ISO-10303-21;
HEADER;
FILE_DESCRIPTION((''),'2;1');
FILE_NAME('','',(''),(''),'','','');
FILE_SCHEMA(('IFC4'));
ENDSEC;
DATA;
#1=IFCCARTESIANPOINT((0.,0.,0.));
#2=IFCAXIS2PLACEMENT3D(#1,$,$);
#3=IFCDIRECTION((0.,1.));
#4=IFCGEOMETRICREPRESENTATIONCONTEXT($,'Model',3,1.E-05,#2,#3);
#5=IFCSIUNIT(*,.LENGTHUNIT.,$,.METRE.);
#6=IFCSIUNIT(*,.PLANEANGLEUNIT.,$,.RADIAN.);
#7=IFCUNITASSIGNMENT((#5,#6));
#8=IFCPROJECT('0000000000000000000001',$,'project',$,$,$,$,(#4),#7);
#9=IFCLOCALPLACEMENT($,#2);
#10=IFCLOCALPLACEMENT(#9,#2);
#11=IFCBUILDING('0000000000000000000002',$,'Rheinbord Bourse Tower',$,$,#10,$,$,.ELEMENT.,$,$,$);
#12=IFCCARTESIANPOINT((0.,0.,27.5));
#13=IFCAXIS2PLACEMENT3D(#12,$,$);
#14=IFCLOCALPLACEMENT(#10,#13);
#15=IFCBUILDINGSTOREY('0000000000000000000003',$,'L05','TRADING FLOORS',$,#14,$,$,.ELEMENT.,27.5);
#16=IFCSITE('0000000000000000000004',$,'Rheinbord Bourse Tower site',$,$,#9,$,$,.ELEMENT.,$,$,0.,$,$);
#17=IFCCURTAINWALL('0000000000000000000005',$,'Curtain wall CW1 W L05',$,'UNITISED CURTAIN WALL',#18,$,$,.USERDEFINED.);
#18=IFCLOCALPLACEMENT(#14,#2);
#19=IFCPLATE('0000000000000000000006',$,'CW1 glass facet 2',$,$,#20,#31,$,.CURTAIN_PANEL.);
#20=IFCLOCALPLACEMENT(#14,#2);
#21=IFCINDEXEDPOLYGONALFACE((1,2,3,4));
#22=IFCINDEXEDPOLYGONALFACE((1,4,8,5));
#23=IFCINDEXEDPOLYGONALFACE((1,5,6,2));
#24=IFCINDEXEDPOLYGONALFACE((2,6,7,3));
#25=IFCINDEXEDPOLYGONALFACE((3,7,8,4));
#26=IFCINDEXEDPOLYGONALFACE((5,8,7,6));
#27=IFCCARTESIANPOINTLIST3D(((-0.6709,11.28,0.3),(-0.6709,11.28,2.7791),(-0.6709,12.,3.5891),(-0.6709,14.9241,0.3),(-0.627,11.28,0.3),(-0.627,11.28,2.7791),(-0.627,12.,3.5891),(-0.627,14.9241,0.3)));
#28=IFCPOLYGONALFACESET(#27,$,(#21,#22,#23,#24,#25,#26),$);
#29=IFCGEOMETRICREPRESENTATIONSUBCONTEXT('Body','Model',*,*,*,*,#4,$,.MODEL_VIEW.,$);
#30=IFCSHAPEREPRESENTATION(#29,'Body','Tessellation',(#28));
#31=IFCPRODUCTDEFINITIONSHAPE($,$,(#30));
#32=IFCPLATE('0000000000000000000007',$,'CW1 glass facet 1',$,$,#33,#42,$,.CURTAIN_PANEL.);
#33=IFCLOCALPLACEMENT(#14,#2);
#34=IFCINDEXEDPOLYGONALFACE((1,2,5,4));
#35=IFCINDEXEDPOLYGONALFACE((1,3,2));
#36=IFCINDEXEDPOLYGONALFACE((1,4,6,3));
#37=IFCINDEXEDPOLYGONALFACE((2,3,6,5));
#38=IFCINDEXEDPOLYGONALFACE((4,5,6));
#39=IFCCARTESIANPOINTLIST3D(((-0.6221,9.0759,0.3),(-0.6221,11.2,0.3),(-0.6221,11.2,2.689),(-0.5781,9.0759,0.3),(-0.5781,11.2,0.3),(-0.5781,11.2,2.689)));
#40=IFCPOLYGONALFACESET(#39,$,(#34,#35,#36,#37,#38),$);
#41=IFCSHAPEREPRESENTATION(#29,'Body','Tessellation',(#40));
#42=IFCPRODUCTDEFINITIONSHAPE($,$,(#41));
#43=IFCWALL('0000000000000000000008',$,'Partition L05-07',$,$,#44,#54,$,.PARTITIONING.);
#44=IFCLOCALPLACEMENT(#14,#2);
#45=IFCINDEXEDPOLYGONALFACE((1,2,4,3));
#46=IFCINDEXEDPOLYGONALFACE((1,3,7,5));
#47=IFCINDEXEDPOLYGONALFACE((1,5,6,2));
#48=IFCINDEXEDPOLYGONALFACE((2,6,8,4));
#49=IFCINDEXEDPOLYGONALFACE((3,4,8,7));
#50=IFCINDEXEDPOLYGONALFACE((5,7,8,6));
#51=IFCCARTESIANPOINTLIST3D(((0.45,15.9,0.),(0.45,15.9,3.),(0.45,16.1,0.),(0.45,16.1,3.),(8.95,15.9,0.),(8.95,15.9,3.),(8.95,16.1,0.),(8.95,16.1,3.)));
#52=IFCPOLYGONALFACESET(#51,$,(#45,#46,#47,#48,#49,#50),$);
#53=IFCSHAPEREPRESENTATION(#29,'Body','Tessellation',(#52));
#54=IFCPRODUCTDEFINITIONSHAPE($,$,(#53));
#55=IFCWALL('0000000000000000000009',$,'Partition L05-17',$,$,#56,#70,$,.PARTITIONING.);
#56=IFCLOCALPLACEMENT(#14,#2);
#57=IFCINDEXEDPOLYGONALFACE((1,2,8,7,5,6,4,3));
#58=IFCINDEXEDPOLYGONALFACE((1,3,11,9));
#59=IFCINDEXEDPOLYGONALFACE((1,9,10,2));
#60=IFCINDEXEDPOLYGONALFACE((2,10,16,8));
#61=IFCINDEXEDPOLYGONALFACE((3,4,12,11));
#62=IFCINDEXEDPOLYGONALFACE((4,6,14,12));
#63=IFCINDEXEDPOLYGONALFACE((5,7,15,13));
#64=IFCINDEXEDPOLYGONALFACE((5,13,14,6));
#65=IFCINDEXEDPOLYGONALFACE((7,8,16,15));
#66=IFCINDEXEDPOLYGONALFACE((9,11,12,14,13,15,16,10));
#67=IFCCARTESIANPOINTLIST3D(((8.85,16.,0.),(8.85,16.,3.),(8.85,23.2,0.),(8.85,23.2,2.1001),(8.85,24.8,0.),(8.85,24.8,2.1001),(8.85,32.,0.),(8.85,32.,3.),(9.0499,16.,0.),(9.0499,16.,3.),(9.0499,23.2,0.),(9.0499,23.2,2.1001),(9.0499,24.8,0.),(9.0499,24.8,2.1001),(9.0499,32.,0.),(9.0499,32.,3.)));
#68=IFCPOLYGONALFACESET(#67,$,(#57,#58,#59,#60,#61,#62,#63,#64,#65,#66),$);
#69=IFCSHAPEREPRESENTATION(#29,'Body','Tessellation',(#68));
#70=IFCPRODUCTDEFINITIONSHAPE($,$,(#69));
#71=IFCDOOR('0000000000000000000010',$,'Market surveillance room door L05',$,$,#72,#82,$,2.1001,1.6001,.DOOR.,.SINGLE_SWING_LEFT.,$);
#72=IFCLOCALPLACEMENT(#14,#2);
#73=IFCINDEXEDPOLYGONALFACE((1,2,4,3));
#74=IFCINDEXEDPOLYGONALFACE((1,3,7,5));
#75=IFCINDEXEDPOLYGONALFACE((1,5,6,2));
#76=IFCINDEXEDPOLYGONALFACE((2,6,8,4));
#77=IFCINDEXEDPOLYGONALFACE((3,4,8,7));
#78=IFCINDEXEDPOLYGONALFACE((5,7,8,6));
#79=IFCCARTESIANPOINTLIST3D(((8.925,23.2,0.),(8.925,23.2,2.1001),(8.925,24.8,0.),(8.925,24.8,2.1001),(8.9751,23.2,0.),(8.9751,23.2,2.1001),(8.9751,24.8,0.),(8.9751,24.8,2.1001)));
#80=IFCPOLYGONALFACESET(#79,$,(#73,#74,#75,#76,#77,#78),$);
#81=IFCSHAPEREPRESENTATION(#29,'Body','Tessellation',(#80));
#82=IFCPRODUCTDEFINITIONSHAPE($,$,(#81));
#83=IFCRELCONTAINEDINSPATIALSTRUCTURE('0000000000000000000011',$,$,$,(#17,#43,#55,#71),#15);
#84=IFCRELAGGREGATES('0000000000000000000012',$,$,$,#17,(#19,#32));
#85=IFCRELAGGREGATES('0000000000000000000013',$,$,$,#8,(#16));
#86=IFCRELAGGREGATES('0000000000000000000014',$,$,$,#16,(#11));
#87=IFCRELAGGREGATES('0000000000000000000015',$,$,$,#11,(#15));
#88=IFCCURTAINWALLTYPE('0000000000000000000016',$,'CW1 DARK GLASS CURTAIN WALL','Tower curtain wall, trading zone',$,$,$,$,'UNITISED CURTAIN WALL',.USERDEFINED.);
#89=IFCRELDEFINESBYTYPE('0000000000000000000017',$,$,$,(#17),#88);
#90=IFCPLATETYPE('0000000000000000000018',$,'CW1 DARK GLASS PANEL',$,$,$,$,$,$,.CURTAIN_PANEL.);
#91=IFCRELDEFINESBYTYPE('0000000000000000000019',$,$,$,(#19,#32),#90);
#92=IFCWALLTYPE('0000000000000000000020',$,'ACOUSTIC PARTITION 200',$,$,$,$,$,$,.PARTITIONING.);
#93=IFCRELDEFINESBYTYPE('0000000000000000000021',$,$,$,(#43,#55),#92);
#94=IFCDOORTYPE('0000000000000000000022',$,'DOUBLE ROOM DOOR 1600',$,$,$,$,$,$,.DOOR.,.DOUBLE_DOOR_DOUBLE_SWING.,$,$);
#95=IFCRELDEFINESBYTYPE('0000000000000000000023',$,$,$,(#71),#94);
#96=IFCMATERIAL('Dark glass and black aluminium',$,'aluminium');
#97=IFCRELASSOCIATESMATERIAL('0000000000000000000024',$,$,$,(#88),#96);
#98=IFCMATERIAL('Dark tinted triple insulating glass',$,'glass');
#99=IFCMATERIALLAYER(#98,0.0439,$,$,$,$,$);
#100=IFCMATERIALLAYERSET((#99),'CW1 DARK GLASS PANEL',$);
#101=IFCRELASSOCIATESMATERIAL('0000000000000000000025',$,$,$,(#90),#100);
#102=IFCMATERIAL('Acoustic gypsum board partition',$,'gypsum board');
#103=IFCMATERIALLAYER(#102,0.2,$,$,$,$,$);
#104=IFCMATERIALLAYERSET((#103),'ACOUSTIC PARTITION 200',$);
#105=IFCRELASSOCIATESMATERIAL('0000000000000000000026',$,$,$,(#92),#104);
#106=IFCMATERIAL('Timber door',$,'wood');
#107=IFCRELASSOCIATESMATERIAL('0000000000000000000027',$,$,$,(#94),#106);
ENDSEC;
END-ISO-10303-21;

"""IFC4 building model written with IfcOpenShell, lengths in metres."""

from ifc_helpers import new_model, si_unit, direction, frame, frame_2d, origin, place, context, subcontext, project, spatial, polyline, rectangle, outline, extrude, material, layer, layer_set, type_object, element, fill, aggregate, save


model = new_model("IFC4")

# Units and contexts
model_context = context("Model", 3, precision=1e-05, world=origin(), true_north=direction((0.0, 1.0)))
body_context = subcontext(model_context, "Body", "Model", "MODEL_VIEW")
ifc_project = project(units=[si_unit("LENGTHUNIT", "METRE"), si_unit("PLANEANGLEUNIT", "RADIAN")], contexts=[model_context])

# Site, building, storey
site_placement = place(None, origin())
site = spatial("IfcSite", under=ifc_project, at=site_placement, Name="Rheinbord Bourse Tower site", CompositionType="ELEMENT", RefElevation=0.0)
building_placement = place(site_placement, origin())
building = spatial("IfcBuilding", under=site, at=building_placement, Name="Rheinbord Bourse Tower", CompositionType="ELEMENT")
storey_placement = place(building_placement, frame((0.0, 0.0, 27.5)))
storey = spatial("IfcBuildingStorey", under=building, at=storey_placement, Name="L05", Description="TRADING FLOORS", CompositionType="ELEMENT", Elevation=27.5)

# Curtain wall
ifc_material_1 = material(Name="Dark glass and black aluminium", Category="aluminium")
curtain_wall_type = type_object("IfcCurtainWallType", Name="CW1 DARK GLASS CURTAIN WALL", Description="Tower curtain wall, trading zone", ElementType="UNITISED CURTAIN WALL", PredefinedType="USERDEFINED", material=ifc_material_1)
curtain_wall_placement = place(storey_placement, origin())
curtain_wall = element("IfcCurtainWall", 1, at=curtain_wall_placement, inside=storey, type_object=curtain_wall_type, Name="Curtain wall CW1 W L05", ObjectType="UNITISED CURTAIN WALL", PredefinedType="USERDEFINED")

# Plates
ifc_material_2 = material(Name="Dark tinted triple insulating glass", Category="glass")
ifc_layer_1 = layer(ifc_material_2, 0.0439)
ifc_layer_set_1 = layer_set([ifc_layer_1], Name="CW1 DARK GLASS PANEL")
plate_type = type_object("IfcPlateType", Name="CW1 DARK GLASS PANEL", PredefinedType="CURTAIN_PANEL", material=ifc_layer_set_1)
plate_1_placement = place(storey_placement, frame((-0.6709, 11.28, 0.3), z_axis=(1.0, 0.0, 0.0), x_axis=(0.0, 1.0, 0.0)))
plate_1 = element("IfcPlate", 2, at=plate_1_placement, type_object=plate_type, Name="CW1 glass facet 2", PredefinedType="CURTAIN_PANEL", context=body_context, shape_type="SweptSolid", body=[
    extrude(outline(polyline([(0.0, 0.0), (3.644, 0.0), (0.72, 3.2891), (0.0, 2.479), (0.0, 0.0)])), origin(), (0.0, 0.0, 1.0), 0.0439),
])
plate_2_placement = place(storey_placement, frame((-0.6221, 11.2, 0.3), z_axis=(1.0, 0.0, 0.0), x_axis=(0.0, 0.0, 1.0)))
plate_2 = element("IfcPlate", 3, at=plate_2_placement, type_object=plate_type, Name="CW1 glass facet 1", PredefinedType="CURTAIN_PANEL", context=body_context, shape_type="SweptSolid", body=[
    extrude(outline(polyline([(0.0, 0.0), (2.3889, 0.0), (0.0, 2.124), (0.0, 0.0)])), origin(), (0.0, 0.0, 1.0), 0.0439),
])
aggregate(curtain_wall, [plate_1, plate_2])

# Wall
ifc_material_3 = material(Name="Acoustic gypsum board partition", Category="gypsum board")
ifc_layer_2 = layer(ifc_material_3, 0.2)
ifc_layer_set_2 = layer_set([ifc_layer_2], Name="ACOUSTIC PARTITION 200")
wall_type = type_object("IfcWallType", Name="ACOUSTIC PARTITION 200", PredefinedType="PARTITIONING", material=ifc_layer_set_2)
wall_1_placement = place(storey_placement, frame((0.45, 16.0, 0.0), z_axis=(0.0, 0.0, 1.0), x_axis=(1.0, 0.0, 0.0)))
element("IfcWall", 4, at=wall_1_placement, inside=storey, type_object=wall_type, Name="Partition L05-07", PredefinedType="PARTITIONING", context=body_context, shape_type="SweptSolid", body=[
    extrude(rectangle(XDim=8.5, YDim=0.2, at=frame_2d((4.25, 0.0))), origin(), (0.0, 0.0, 1.0), 3.0),
])

# Wall, opening, door
wall_2_placement = place(storey_placement, frame((8.95, 16.0, 0.0), z_axis=(0.0, 0.0, 1.0), x_axis=(0.0, 1.0, 0.0)))
wall_2 = element("IfcWall", 5, at=wall_2_placement, inside=storey, type_object=wall_type, Name="Partition L05-17", PredefinedType="PARTITIONING", context=body_context, shape_type="SweptSolid", body=[
    extrude(rectangle(XDim=16.0, YDim=0.2, at=frame_2d((8.0, 0.0))), origin(), (0.0, 0.0, 1.0), 3.0),
])
opening_placement = place(wall_2_placement, frame((7.2, 0.0, 0.0)))
opening = element("IfcOpeningElement", 6, at=opening_placement, cuts=wall_2, PredefinedType="OPENING", context=body_context, shape_type="SweptSolid", body=[
    extrude(rectangle(XDim=1.6001, YDim=2.1001, at=frame_2d((0.8, 1.05))), frame((0.0, 0.1099, 0.0), z_axis=(0.0, -1.0, 0.0), x_axis=(1.0, 0.0, 0.0)), (0.0, 0.0, 1.0), 0.22),
])
ifc_material_4 = material(Name="Timber door", Category="wood")
door_type = type_object("IfcDoorType", Name="DOUBLE ROOM DOOR 1600", OperationType="DOUBLE_DOOR_DOUBLE_SWING", PredefinedType="DOOR", material=ifc_material_4)
door_placement = place(opening_placement, origin())
door = element("IfcDoor", 7, at=door_placement, inside=storey, type_object=door_type, Name="Market surveillance room door L05", OperationType="SINGLE_SWING_LEFT", OverallHeight=2.1001, OverallWidth=1.6001, PredefinedType="DOOR", context=body_context, shape_type="SweptSolid", body=[
    extrude(rectangle(XDim=1.6001, YDim=2.1001, at=frame_2d((0.8, 1.05))), frame((0.0, 0.0249, 0.0), z_axis=(0.0, -1.0, 0.0), x_axis=(1.0, 0.0, 0.0)), (0.0, 0.0, 1.0), 0.05),
])
fill(opening, door)

save(model, "model.ifc")
